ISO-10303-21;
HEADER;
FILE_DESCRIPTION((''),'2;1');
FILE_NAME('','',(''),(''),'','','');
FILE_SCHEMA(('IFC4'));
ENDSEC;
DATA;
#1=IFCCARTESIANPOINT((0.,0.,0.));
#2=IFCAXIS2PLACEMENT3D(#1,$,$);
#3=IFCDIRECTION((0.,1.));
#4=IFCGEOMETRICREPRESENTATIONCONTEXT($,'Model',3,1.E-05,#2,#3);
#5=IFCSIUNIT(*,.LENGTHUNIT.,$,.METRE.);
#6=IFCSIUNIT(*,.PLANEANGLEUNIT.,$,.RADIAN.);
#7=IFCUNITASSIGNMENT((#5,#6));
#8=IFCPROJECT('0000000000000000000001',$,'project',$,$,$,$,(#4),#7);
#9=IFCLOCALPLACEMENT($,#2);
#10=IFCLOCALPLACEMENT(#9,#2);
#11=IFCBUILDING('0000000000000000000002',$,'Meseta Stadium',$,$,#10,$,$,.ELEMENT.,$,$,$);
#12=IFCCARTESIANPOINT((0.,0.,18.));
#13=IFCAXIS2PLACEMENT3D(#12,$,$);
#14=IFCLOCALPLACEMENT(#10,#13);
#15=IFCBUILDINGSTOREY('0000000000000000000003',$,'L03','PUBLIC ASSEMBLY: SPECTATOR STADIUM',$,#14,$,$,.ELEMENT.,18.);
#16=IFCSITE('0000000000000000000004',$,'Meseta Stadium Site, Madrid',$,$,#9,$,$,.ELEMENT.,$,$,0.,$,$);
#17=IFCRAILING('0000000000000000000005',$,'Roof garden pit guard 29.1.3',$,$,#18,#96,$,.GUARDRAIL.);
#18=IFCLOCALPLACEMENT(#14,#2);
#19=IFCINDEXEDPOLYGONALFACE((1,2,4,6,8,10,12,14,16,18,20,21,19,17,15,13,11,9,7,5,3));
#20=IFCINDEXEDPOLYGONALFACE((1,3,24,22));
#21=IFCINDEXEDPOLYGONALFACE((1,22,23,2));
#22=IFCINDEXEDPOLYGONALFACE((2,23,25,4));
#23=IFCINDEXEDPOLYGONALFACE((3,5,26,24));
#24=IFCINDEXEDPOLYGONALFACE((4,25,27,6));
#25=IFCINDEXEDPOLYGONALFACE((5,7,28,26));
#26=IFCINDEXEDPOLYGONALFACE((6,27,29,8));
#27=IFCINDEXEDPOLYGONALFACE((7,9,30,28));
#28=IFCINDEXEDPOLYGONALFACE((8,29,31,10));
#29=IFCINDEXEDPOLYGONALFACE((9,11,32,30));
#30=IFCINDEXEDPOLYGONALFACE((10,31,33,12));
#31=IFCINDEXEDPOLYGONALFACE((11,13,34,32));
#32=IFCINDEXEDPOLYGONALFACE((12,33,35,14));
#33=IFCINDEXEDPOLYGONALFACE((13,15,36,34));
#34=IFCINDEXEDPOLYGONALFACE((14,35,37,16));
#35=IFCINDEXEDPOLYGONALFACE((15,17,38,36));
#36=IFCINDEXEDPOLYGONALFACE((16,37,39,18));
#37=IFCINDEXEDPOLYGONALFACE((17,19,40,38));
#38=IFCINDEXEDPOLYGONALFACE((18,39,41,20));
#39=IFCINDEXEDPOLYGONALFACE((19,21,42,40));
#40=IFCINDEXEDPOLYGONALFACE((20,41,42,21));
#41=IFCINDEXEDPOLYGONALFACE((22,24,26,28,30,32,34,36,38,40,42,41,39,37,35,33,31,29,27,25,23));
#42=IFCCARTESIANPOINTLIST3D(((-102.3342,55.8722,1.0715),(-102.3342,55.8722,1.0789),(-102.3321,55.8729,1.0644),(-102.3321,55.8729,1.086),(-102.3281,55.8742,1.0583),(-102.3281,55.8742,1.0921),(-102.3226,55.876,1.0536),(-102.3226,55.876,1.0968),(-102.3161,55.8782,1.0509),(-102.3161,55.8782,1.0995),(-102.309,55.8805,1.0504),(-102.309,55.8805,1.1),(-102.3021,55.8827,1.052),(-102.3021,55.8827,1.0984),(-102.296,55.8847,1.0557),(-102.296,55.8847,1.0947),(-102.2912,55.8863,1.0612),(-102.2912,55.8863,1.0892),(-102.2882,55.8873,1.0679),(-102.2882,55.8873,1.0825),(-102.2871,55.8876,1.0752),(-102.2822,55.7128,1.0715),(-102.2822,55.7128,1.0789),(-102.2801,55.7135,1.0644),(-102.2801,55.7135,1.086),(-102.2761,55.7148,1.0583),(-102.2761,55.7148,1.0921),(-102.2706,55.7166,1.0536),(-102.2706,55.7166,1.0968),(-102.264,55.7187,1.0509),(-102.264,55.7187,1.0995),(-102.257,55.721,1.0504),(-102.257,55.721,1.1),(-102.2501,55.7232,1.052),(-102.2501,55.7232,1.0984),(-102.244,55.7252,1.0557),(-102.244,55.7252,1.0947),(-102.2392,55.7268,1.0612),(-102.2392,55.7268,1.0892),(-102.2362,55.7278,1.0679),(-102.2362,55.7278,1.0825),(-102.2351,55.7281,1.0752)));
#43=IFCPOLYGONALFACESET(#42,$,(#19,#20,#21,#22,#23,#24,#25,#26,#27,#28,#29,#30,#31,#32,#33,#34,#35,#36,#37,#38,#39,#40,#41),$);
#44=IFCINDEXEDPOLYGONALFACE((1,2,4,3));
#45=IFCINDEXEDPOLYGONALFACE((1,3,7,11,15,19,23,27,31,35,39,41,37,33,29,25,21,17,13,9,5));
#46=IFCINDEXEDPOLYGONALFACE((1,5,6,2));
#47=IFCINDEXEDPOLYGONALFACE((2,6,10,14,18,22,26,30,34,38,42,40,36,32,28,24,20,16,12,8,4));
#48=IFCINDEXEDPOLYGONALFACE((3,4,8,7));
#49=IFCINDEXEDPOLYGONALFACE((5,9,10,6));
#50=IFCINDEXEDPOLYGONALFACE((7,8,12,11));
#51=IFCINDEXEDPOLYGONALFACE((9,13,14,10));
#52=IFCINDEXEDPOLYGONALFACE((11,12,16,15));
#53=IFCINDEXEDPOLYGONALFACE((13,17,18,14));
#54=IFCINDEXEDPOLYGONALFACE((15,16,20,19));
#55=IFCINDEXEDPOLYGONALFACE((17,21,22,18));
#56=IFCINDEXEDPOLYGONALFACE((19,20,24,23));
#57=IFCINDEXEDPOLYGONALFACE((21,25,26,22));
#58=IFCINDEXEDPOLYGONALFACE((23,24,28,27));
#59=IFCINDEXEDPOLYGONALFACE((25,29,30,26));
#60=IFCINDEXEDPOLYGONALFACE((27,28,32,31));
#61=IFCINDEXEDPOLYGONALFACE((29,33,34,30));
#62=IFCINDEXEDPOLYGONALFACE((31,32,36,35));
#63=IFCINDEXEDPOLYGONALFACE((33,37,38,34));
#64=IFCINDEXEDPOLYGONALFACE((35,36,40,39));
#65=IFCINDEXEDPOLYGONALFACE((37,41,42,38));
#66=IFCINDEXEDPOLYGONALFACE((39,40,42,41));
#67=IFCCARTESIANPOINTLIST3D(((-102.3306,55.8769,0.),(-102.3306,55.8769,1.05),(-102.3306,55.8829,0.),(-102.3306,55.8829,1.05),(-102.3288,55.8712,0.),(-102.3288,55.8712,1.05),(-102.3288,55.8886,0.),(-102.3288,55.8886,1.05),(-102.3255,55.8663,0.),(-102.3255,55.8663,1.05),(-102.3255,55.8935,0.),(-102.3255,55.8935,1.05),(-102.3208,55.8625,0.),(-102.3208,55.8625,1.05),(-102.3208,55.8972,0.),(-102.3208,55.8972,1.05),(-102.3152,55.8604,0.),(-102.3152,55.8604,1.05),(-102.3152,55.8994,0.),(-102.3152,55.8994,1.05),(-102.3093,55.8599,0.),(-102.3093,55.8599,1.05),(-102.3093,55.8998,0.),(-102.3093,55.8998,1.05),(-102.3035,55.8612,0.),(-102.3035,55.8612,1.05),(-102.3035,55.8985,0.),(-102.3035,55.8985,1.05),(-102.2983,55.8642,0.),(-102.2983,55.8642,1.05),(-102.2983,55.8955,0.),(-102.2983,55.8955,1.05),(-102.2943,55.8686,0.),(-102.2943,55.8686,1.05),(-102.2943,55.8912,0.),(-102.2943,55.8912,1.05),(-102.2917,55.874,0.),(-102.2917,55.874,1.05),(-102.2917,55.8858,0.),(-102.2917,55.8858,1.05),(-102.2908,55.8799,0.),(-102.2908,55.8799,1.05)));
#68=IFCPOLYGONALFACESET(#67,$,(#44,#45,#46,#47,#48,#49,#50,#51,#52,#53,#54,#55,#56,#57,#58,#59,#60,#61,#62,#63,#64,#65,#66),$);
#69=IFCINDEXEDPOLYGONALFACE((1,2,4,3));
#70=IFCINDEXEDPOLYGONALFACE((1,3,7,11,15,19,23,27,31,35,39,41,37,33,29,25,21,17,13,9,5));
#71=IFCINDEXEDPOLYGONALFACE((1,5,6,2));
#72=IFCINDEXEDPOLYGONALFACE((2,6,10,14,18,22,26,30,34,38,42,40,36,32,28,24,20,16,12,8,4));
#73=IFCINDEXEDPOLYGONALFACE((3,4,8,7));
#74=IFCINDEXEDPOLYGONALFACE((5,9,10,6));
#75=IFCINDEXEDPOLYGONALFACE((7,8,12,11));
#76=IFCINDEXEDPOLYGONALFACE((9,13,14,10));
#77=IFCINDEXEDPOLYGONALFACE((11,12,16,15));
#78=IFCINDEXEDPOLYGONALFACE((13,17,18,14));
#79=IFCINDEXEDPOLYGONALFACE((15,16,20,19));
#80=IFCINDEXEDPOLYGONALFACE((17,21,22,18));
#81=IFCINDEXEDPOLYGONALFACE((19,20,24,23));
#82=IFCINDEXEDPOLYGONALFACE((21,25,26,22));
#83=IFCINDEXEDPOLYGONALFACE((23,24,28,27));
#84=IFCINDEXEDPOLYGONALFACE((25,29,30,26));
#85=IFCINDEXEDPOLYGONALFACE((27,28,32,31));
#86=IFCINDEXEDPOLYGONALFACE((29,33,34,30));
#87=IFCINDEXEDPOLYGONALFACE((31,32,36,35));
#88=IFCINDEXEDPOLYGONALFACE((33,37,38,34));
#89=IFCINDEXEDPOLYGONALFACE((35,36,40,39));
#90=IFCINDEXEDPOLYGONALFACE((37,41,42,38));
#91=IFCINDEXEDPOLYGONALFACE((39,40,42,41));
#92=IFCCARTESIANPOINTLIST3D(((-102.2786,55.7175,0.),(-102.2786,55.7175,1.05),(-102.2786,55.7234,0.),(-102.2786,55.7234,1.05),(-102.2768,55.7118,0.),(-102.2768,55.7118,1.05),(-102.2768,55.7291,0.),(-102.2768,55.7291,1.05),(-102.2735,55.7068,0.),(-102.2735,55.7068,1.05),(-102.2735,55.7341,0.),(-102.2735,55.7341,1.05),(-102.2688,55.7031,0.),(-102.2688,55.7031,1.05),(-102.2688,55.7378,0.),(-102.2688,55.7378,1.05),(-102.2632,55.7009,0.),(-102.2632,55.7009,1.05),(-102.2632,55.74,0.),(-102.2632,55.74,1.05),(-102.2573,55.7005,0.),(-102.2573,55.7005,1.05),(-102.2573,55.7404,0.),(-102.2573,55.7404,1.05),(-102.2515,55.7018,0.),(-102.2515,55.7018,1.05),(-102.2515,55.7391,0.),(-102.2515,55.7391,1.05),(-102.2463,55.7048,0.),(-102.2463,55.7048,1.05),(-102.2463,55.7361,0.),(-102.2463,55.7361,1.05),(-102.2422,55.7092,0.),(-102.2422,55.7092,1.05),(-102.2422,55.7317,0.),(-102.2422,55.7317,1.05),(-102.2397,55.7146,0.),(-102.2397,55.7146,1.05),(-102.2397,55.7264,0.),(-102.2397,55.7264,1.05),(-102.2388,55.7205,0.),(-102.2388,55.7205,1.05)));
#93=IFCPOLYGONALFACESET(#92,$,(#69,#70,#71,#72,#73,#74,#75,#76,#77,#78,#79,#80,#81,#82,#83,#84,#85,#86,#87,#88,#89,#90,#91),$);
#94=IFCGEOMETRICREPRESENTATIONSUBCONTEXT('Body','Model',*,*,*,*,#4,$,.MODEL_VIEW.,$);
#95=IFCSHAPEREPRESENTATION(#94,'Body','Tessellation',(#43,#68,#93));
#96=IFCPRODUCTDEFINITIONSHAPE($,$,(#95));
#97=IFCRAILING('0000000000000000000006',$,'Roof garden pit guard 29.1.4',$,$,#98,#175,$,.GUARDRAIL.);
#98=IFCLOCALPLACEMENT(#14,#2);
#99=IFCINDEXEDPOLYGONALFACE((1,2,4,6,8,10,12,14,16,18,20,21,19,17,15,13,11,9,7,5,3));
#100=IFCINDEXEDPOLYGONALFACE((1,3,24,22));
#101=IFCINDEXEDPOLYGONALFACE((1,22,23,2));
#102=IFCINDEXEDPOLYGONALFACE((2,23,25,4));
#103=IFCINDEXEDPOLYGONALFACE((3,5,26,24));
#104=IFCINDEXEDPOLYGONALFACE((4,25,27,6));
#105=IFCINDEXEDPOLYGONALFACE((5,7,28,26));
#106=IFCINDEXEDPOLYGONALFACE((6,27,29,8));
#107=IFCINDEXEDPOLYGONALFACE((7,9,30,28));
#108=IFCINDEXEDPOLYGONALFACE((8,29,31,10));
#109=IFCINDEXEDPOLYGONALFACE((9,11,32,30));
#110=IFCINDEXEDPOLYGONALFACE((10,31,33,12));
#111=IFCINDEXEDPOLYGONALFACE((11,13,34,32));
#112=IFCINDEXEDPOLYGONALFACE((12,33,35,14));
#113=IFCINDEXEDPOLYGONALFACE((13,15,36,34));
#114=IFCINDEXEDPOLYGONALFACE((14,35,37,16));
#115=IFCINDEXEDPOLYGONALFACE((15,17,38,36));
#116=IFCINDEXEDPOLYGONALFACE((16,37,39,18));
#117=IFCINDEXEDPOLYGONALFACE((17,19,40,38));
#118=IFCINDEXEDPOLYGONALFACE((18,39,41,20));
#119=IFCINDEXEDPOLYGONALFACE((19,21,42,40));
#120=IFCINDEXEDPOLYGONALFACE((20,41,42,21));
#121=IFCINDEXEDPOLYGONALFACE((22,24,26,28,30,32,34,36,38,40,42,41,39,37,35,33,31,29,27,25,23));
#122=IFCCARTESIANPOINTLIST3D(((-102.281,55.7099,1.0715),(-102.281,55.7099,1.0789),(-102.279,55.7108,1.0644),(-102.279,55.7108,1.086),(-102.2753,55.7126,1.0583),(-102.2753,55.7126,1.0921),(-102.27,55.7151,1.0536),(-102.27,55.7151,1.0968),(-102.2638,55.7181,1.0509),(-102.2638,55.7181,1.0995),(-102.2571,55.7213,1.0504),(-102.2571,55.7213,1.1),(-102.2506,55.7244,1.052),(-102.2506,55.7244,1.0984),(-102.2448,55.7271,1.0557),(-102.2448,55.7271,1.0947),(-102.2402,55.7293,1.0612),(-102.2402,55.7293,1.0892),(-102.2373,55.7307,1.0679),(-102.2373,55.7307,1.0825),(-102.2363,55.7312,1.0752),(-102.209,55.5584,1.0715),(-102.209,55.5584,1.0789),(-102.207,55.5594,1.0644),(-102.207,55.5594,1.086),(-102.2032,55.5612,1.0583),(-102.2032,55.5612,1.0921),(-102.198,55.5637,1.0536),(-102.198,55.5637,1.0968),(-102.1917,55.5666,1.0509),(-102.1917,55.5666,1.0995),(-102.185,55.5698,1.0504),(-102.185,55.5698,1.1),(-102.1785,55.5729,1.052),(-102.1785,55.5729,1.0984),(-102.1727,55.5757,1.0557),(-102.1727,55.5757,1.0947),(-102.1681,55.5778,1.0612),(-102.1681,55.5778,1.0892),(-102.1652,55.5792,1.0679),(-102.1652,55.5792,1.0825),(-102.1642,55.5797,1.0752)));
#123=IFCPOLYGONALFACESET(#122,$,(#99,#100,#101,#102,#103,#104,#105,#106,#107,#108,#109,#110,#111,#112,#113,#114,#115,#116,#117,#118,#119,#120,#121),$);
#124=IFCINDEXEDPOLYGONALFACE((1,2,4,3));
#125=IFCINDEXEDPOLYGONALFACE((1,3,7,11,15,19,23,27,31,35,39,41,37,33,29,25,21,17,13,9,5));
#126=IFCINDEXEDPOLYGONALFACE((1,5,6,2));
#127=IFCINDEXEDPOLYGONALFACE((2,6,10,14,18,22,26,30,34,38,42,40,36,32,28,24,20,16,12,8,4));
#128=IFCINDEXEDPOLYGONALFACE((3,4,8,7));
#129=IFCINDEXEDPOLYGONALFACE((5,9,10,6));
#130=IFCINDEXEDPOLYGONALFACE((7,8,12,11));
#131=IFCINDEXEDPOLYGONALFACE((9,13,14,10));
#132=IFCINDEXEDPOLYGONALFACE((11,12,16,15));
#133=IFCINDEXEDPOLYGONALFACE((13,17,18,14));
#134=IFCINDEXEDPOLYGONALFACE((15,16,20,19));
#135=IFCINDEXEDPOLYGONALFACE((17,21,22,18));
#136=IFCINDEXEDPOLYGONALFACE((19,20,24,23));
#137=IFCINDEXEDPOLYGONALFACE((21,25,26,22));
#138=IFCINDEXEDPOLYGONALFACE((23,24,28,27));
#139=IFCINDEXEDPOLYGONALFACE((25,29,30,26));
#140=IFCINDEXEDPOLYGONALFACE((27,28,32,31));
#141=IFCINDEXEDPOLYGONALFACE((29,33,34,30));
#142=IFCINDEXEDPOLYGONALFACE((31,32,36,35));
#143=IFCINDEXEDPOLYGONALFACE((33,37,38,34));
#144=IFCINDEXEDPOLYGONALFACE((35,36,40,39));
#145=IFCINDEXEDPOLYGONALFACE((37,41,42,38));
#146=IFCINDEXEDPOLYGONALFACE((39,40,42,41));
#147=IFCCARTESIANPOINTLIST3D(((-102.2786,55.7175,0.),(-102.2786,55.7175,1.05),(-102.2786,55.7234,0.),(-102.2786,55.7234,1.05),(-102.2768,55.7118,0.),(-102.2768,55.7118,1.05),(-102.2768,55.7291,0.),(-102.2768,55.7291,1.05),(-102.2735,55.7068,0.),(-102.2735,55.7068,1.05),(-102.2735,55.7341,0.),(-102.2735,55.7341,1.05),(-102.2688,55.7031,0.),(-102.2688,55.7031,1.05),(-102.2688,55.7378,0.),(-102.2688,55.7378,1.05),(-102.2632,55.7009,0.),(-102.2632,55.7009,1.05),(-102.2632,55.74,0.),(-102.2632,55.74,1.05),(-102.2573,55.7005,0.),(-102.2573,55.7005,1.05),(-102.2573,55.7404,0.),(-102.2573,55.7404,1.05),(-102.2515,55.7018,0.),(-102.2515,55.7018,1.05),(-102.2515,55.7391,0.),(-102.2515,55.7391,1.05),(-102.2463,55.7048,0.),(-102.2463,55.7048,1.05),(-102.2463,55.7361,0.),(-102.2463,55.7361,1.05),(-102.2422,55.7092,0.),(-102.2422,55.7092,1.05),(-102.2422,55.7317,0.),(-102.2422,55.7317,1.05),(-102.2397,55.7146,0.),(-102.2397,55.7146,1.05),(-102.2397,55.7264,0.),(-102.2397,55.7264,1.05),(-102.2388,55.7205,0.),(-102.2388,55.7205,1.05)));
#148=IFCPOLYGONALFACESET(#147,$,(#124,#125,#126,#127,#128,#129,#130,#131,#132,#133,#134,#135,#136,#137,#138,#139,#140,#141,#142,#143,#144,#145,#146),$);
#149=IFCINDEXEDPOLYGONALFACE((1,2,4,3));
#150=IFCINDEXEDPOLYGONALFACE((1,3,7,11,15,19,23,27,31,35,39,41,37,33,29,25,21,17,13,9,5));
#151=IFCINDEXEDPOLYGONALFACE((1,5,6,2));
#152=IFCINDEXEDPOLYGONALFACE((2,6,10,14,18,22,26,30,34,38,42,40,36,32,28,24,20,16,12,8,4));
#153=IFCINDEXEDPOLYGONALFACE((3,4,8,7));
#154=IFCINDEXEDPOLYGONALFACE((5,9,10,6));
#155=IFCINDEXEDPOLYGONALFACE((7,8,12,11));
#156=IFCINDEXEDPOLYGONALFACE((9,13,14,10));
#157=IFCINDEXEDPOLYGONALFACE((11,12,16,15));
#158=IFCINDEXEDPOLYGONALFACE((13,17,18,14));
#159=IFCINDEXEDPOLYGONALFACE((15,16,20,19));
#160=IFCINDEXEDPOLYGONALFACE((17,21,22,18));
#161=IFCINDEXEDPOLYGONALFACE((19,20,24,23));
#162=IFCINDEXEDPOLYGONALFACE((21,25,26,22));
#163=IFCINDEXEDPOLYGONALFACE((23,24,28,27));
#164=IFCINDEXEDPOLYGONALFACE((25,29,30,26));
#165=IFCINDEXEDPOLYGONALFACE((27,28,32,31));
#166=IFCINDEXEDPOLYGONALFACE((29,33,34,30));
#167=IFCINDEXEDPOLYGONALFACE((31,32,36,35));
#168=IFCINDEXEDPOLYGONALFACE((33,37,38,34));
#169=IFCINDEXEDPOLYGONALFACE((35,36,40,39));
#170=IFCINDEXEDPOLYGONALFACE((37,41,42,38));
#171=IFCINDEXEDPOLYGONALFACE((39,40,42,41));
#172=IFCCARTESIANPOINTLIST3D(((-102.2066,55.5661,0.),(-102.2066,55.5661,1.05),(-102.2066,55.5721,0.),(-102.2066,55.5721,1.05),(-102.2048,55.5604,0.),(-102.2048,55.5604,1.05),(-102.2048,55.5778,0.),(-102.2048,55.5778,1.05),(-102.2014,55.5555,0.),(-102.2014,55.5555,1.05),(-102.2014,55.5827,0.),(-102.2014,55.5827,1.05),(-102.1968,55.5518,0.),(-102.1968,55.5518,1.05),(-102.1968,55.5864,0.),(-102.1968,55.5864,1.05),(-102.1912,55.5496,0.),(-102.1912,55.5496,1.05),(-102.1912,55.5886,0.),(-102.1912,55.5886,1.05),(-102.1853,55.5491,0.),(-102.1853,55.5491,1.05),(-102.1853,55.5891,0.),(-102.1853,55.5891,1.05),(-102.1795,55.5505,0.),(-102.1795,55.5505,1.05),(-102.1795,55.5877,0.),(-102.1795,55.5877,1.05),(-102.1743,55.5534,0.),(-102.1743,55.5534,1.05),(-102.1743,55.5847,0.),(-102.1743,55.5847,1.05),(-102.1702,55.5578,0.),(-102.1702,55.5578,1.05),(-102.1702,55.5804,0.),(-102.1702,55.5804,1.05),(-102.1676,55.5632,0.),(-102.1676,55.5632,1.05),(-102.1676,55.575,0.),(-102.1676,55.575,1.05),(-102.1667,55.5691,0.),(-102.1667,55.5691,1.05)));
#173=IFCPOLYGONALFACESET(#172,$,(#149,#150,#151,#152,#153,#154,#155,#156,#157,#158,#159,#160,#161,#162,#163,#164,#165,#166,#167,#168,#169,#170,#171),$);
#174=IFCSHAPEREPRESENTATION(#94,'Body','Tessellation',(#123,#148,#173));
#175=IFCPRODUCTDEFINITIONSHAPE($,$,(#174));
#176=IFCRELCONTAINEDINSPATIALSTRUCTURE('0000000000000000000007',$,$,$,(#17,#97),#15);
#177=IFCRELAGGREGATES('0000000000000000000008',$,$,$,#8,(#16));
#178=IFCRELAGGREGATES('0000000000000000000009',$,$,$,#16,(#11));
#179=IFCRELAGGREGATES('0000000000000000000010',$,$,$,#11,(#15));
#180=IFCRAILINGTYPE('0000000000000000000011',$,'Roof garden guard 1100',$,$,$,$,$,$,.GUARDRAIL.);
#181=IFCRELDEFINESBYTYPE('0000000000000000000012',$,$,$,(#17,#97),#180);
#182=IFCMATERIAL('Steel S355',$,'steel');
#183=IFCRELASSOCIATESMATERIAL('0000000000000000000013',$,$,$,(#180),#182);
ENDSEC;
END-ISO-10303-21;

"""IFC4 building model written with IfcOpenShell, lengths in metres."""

from ifc_helpers import new_model, si_unit, direction, frame, origin, origin_2d, place, context, subcontext, project, spatial, circle, extrude, material, type_object, element, save


model = new_model("IFC4")

# Units and contexts
model_context = context("Model", 3, precision=1e-05, world=origin(), true_north=direction((0.0, 1.0)))
body_context = subcontext(model_context, "Body", "Model", "MODEL_VIEW")
ifc_project = project(units=[si_unit("LENGTHUNIT", "METRE"), si_unit("PLANEANGLEUNIT", "RADIAN")], contexts=[model_context])

# Site, building, storey
site_placement = place(None, origin())
site = spatial("IfcSite", under=ifc_project, at=site_placement, Name="Meseta Stadium Site, Madrid", CompositionType="ELEMENT", RefElevation=0.0)
building_placement = place(site_placement, origin())
building = spatial("IfcBuilding", under=site, at=building_placement, Name="Meseta Stadium", CompositionType="ELEMENT")
storey_placement = place(building_placement, frame((0.0, 0.0, 18.0)))
storey = spatial("IfcBuildingStorey", under=building, at=storey_placement, Name="L03", Description="PUBLIC ASSEMBLY: SPECTATOR STADIUM", CompositionType="ELEMENT", Elevation=18.0)

# Railings
ifc_material_1 = material(Name="Steel S355", Category="steel")
railing_type = type_object("IfcRailingType", Name="Roof garden guard 1100", PredefinedType="GUARDRAIL", material=ifc_material_1)
railing_1_placement = place(storey_placement, frame((-102.3108, 55.8799, 0.0)))
element("IfcRailing", 1, at=railing_1_placement, inside=storey, type_object=railing_type, Name="Roof garden pit guard 29.1.3", PredefinedType="GUARDRAIL", context=body_context, shape_type="SweptSolid", body=[
    extrude(circle(Radius=0.0249, at=origin_2d()), frame((0.0, 0.0, 1.0752), z_axis=(0.310106, -0.950702, 0.0), x_axis=(0.950702, 0.310106, 0.0)), (0.0, 0.0, 1.0), 0.1677),
    extrude(circle(Radius=0.02, at=origin_2d()), origin(), (0.0, 0.0, 1.0), 1.05),
    extrude(circle(Radius=0.02, at=origin_2d()), frame((0.052, -0.1594, 0.0)), (0.0, 0.0, 1.0), 1.05),
])
railing_2_placement = place(storey_placement, frame((-102.2588, 55.7205, 0.0)))
element("IfcRailing", 2, at=railing_2_placement, inside=storey, type_object=railing_type, Name="Roof garden pit guard 29.1.4", PredefinedType="GUARDRAIL", context=body_context, shape_type="SweptSolid", body=[
    extrude(circle(Radius=0.0249, at=origin_2d()), frame((0.0, 0.0, 1.0752), z_axis=(0.429651, -0.902995, 0.0), x_axis=(0.902995, 0.429651, 0.0)), (0.0, 0.0, 1.0), 0.1677),
    extrude(circle(Radius=0.02, at=origin_2d()), origin(), (0.0, 0.0, 1.0), 1.05),
    extrude(circle(Radius=0.02, at=origin_2d()), frame((0.072, -0.1514, 0.0)), (0.0, 0.0, 1.0), 1.05),
])

save(model, "model.ifc")
